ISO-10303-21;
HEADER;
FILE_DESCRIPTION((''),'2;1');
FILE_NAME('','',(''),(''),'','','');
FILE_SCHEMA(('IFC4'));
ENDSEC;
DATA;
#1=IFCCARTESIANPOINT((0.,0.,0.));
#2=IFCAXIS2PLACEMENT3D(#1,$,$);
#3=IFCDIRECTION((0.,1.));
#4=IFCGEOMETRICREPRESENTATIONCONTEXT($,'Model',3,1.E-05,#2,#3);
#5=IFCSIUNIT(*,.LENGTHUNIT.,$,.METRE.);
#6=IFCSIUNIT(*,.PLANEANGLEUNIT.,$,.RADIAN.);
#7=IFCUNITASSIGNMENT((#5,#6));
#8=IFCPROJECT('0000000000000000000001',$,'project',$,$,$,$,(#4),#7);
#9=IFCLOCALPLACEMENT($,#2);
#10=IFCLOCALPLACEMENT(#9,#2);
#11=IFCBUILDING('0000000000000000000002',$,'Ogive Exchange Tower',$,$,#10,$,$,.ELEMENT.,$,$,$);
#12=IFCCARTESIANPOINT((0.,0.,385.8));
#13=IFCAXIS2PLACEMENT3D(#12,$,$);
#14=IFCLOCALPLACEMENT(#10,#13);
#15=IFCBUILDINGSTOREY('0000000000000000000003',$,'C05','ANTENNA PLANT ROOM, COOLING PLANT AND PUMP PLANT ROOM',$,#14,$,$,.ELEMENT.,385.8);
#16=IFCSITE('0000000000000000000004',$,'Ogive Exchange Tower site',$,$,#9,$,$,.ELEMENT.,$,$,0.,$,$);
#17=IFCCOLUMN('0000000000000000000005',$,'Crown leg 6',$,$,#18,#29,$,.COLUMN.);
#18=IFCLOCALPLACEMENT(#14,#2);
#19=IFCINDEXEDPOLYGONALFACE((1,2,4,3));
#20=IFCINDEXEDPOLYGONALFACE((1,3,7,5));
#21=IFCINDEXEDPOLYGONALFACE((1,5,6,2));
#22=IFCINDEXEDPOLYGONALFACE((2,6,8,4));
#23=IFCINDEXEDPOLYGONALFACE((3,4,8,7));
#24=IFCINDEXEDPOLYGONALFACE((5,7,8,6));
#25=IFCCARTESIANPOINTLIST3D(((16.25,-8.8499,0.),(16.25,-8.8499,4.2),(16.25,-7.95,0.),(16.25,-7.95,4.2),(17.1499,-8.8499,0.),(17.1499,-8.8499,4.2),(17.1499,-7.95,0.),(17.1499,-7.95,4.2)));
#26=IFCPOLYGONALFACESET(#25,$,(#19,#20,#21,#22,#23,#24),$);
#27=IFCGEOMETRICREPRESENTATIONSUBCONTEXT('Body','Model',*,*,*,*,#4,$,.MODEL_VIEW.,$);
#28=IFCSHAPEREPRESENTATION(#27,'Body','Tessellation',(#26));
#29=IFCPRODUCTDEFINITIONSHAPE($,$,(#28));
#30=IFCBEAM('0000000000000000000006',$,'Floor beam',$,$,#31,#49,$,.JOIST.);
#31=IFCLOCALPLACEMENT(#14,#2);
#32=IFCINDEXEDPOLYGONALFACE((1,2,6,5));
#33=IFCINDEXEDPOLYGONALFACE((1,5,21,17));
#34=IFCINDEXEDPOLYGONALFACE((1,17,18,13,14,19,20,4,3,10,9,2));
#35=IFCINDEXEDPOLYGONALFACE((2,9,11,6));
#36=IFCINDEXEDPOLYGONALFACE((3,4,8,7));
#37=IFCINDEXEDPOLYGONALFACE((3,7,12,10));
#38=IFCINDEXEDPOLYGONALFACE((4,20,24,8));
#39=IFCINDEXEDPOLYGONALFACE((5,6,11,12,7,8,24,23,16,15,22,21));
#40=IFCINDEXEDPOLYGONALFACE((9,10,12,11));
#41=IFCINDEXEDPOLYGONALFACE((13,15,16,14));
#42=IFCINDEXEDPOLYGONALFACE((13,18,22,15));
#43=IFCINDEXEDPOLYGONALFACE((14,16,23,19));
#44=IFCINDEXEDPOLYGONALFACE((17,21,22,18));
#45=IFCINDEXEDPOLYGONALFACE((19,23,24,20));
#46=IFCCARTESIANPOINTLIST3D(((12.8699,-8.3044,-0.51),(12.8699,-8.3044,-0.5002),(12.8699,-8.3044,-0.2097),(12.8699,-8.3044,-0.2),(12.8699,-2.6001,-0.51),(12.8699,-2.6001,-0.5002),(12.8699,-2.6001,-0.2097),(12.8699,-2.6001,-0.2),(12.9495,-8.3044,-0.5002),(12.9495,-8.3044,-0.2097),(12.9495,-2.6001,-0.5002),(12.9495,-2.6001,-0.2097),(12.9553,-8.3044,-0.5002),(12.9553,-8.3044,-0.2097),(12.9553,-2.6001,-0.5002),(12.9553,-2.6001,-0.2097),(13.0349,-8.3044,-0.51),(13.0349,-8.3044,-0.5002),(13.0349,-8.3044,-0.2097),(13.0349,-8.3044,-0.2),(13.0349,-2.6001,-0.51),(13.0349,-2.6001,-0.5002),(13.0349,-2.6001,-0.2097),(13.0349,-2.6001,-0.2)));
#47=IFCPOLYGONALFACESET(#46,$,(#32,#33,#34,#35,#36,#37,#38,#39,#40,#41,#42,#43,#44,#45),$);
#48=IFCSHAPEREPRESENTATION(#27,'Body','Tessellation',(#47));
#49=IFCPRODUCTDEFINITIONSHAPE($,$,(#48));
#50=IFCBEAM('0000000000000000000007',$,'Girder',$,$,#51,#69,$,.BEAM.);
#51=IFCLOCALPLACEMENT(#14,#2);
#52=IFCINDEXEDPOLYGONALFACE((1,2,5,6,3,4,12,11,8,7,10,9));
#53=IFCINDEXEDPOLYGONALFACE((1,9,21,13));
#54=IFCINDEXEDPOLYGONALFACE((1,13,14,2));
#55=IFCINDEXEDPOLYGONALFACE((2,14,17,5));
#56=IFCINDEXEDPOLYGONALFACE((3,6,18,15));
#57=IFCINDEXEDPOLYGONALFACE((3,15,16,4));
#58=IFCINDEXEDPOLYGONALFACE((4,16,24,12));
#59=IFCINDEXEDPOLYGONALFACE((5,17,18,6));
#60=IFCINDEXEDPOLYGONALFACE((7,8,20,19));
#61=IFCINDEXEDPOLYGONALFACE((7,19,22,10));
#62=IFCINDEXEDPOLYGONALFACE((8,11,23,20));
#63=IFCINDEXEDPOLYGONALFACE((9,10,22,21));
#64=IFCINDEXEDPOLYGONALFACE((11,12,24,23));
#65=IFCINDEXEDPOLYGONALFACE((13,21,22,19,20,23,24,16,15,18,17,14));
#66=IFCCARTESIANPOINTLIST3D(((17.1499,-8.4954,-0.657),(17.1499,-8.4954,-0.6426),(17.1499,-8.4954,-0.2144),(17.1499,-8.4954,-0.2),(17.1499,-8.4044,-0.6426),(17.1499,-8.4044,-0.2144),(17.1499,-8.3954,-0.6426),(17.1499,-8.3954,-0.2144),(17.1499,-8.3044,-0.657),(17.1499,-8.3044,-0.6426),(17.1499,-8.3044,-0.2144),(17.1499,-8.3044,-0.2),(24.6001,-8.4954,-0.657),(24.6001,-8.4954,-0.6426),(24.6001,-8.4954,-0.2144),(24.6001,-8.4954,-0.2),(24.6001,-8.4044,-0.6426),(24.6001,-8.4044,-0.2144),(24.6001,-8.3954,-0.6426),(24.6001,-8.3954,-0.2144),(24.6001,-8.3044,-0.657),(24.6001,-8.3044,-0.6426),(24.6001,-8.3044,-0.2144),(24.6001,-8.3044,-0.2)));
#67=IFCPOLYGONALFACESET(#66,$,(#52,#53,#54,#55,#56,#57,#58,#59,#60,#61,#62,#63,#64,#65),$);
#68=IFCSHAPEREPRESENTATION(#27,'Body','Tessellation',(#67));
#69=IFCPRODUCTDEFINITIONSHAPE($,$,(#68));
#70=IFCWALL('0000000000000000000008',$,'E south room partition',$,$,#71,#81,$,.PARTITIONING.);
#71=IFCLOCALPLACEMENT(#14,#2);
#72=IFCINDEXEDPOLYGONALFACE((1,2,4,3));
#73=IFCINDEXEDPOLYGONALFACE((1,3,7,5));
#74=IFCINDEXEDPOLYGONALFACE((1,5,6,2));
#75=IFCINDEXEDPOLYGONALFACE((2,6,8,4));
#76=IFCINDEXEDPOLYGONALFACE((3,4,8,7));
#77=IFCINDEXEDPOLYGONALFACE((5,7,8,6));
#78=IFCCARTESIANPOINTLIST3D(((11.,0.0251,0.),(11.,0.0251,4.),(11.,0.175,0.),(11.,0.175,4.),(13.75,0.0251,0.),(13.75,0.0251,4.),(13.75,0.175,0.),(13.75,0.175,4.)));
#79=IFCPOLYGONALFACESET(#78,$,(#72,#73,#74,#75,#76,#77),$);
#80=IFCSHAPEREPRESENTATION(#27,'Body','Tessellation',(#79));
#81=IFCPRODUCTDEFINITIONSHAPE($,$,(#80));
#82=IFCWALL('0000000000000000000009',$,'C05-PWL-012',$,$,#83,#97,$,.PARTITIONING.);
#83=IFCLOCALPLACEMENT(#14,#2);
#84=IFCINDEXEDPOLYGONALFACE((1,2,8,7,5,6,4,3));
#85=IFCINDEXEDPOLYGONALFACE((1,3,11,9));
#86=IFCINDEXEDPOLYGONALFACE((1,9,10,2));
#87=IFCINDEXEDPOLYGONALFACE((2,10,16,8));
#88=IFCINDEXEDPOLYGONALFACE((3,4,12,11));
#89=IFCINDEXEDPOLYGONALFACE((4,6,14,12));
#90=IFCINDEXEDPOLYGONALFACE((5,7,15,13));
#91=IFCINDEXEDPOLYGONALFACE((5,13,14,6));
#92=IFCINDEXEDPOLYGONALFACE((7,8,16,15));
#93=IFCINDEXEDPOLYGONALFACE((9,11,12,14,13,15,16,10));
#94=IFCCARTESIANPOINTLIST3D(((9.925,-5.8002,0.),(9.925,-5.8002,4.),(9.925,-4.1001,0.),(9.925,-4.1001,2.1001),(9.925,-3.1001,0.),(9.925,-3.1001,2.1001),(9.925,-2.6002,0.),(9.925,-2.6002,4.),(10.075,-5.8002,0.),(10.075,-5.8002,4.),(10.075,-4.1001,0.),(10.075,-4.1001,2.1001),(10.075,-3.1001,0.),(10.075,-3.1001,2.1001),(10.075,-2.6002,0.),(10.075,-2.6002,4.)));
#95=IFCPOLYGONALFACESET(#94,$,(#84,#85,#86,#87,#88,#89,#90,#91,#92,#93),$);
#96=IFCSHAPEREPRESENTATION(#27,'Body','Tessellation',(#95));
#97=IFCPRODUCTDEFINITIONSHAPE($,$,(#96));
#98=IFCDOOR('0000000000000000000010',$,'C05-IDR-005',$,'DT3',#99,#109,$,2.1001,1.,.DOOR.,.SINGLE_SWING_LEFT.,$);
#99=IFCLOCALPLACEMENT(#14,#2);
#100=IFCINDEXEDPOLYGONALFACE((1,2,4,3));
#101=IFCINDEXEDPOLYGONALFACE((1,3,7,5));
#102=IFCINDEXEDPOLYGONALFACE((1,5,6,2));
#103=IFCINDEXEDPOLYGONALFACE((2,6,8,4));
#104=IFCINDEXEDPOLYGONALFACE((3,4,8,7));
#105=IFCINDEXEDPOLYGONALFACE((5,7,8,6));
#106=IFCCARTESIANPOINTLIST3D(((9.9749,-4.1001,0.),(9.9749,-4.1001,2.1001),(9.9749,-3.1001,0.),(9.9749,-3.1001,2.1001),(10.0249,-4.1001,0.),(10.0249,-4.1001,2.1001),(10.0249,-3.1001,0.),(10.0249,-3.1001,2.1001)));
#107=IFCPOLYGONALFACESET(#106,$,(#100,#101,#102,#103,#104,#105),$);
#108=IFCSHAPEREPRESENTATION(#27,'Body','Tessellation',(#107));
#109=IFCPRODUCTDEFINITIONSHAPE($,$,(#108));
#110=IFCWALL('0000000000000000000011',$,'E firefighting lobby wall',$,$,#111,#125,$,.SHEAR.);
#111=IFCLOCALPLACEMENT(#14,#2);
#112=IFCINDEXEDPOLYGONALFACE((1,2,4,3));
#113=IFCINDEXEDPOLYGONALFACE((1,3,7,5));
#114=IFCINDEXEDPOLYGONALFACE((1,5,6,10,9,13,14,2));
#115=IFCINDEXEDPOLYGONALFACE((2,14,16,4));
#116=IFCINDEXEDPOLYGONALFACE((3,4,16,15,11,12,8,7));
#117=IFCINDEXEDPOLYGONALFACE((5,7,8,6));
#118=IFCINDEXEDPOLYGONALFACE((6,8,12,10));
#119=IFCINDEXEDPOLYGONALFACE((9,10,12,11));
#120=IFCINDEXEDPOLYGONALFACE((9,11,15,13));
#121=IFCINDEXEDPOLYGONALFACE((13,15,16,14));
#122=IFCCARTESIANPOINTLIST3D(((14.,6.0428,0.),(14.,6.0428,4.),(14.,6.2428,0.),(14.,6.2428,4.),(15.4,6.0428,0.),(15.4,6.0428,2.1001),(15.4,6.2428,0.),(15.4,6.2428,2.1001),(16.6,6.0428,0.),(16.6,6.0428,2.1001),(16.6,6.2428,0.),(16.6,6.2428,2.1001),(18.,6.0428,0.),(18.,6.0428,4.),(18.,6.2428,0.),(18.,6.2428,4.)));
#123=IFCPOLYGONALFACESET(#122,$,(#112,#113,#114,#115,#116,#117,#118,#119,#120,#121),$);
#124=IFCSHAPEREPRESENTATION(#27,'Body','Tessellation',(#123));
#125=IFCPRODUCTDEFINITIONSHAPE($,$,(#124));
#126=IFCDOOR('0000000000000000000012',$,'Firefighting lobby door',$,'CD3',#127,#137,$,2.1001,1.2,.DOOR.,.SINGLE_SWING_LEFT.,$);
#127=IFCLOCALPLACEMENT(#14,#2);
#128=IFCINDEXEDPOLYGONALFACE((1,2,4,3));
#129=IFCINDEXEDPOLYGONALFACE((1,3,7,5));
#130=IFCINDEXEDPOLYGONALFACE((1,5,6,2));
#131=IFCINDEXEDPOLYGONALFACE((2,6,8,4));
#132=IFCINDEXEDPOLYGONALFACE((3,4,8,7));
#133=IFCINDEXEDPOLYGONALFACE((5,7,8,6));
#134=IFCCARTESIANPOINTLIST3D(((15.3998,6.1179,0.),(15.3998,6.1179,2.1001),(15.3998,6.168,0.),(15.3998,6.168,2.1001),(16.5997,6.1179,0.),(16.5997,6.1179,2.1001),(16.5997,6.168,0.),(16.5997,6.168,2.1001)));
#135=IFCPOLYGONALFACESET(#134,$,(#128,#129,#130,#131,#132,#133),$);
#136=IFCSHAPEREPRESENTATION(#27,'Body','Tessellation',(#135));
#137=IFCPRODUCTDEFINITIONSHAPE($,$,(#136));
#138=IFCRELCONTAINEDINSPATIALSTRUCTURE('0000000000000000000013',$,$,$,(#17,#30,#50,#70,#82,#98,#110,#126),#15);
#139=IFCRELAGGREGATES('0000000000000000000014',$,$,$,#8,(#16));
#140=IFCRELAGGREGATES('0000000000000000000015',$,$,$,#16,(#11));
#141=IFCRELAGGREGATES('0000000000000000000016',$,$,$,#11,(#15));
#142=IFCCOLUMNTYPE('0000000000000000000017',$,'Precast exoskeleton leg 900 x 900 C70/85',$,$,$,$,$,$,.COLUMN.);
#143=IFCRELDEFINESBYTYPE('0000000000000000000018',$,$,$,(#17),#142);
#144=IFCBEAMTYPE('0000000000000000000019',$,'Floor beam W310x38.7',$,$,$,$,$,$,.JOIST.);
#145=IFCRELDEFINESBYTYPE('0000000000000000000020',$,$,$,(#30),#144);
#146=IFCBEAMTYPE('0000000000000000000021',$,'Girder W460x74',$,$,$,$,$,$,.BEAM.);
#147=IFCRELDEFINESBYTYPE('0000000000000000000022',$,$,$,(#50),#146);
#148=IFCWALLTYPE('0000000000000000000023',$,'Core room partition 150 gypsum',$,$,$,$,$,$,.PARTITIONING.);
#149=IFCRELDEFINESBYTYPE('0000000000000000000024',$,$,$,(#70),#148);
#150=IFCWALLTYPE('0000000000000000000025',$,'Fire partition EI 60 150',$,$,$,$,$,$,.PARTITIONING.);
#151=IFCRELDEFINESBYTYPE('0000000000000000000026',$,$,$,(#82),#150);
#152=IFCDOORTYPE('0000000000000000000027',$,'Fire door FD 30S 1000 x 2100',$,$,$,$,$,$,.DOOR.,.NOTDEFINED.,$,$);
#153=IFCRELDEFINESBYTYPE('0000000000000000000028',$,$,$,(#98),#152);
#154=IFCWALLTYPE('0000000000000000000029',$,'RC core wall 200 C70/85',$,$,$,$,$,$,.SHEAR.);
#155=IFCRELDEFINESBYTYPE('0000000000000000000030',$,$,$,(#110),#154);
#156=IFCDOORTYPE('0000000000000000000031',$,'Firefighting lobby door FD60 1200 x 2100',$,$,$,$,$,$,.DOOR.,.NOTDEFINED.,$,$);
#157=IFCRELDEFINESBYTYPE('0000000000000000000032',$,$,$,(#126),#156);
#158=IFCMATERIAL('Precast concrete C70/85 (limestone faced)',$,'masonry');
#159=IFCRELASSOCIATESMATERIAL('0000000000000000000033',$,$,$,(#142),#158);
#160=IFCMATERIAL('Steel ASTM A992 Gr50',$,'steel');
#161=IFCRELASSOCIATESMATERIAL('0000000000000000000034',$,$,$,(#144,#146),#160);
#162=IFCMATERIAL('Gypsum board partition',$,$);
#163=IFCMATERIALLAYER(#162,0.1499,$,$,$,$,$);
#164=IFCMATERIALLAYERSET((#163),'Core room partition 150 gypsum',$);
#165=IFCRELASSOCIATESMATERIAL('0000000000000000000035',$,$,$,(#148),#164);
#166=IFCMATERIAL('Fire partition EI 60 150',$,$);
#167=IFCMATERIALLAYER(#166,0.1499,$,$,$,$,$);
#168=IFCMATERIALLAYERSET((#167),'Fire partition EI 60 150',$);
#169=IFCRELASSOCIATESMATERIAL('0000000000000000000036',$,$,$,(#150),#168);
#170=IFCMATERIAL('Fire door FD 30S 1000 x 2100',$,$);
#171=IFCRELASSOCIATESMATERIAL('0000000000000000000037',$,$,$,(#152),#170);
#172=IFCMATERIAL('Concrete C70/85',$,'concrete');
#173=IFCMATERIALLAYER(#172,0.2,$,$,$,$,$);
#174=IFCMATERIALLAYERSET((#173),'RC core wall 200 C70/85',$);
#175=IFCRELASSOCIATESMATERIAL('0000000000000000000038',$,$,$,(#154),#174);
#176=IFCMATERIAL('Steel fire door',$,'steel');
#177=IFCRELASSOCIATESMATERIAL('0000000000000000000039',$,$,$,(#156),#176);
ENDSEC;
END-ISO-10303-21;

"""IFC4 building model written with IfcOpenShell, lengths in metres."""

from ifc_helpers import new_model, si_unit, direction, frame, frame_2d, origin, origin_2d, place, context, subcontext, project, spatial, rectangle, i_section, extrude, material, layer, layer_set, material_profile, profile_set, type_object, element, fill, save


model = new_model("IFC4")

# Units and contexts
model_context = context("Model", 3, precision=1e-05, world=origin(), true_north=direction((0.0, 1.0)))
body_context = subcontext(model_context, "Body", "Model", "MODEL_VIEW")
ifc_project = project(units=[si_unit("LENGTHUNIT", "METRE"), si_unit("PLANEANGLEUNIT", "RADIAN")], contexts=[model_context])

# Site, building, storey
site_placement = place(None, origin())
site = spatial("IfcSite", under=ifc_project, at=site_placement, Name="Ogive Exchange Tower site", CompositionType="ELEMENT", RefElevation=0.0)
building_placement = place(site_placement, origin())
building = spatial("IfcBuilding", under=site, at=building_placement, Name="Ogive Exchange Tower", CompositionType="ELEMENT")
storey_placement = place(building_placement, frame((0.0, 0.0, 385.8)))
storey = spatial("IfcBuildingStorey", under=building, at=storey_placement, Name="C05", Description="ANTENNA PLANT ROOM, COOLING PLANT AND PUMP PLANT ROOM", CompositionType="ELEMENT", Elevation=385.8)

# Column
ifc_material_1 = material(Name="Precast concrete C70/85 (limestone faced)", Category="masonry")
ifc_material_profile_1 = material_profile(ifc_material_1, rectangle(XDim=0.8999, YDim=0.8999, at=origin_2d()), Name="900 x 900")
ifc_profile_set_1 = profile_set([ifc_material_profile_1], Name="Precast concrete C70/85 (limestone faced)")
column_type = type_object("IfcColumnType", Name="Precast exoskeleton leg 900 x 900 C70/85", PredefinedType="COLUMN", material=ifc_profile_set_1)
column_placement = place(storey_placement, frame((16.7, -8.3999, 0.0), z_axis=(0.0, 0.0, 1.0), x_axis=(1.0, 0.0, 0.0)))
element("IfcColumn", 1, at=column_placement, inside=storey, type_object=column_type, Name="Crown leg 6", PredefinedType="COLUMN", context=body_context, shape_type="SweptSolid", body=[
    extrude(rectangle(XDim=0.8999, YDim=0.8999, at=origin_2d()), origin(), (0.0, 0.0, 1.0), 4.2),
])

# Beams
ifc_material_2 = material(Name="Steel ASTM A992 Gr50", Category="steel")
ifc_material_profile_2 = material_profile(ifc_material_2, i_section(OverallWidth=0.165, OverallDepth=0.3101, WebThickness=0.0059, FlangeThickness=0.0098, at=origin_2d()), Name="W310x38.7")
ifc_profile_set_2 = profile_set([ifc_material_profile_2], Name="Steel ASTM A992 Gr50")
beam_type_1 = type_object("IfcBeamType", Name="Floor beam W310x38.7", PredefinedType="JOIST", material=ifc_profile_set_2)
beam_1_placement = place(storey_placement, frame((12.9524, -8.3044, -0.355), z_axis=(0.0, 1.0, 0.0), x_axis=(-1.0, 0.0, 0.0)))
element("IfcBeam", 2, at=beam_1_placement, inside=storey, type_object=beam_type_1, Name="Floor beam", PredefinedType="JOIST", context=body_context, shape_type="SweptSolid", body=[
    extrude(i_section(OverallWidth=0.165, OverallDepth=0.3101, WebThickness=0.0059, FlangeThickness=0.0098, at=origin_2d()), origin(), (0.0, 0.0, 1.0), 5.7043),
])
ifc_material_profile_3 = material_profile(ifc_material_2, i_section(OverallWidth=0.1909, OverallDepth=0.457, WebThickness=0.009, FlangeThickness=0.0144, at=origin_2d()), Name="W460x74")
ifc_profile_set_3 = profile_set([ifc_material_profile_3], Name="Steel ASTM A992 Gr50")
beam_type_2 = type_object("IfcBeamType", Name="Girder W460x74", PredefinedType="BEAM", material=ifc_profile_set_3)
beam_2_placement = place(storey_placement, frame((17.1499, -8.3999, -0.4285), z_axis=(1.0, 0.0, 0.0), x_axis=(0.0, 1.0, 0.0)))
element("IfcBeam", 3, at=beam_2_placement, inside=storey, type_object=beam_type_2, Name="Girder", PredefinedType="BEAM", context=body_context, shape_type="SweptSolid", body=[
    extrude(i_section(OverallWidth=0.1909, OverallDepth=0.457, WebThickness=0.009, FlangeThickness=0.0144, at=origin_2d()), origin(), (0.0, 0.0, 1.0), 7.4502),
])

# Wall
ifc_material_3 = material(Name="Gypsum board partition")
ifc_layer_1 = layer(ifc_material_3, 0.1499)
ifc_layer_set_1 = layer_set([ifc_layer_1], Name="Core room partition 150 gypsum")
wall_type_1 = type_object("IfcWallType", Name="Core room partition 150 gypsum", PredefinedType="PARTITIONING", material=ifc_layer_set_1)
wall_1_placement = place(storey_placement, frame((11.0, 0.1001, 0.0), z_axis=(0.0, 0.0, 1.0), x_axis=(1.0, 0.0, 0.0)))
element("IfcWall", 4, at=wall_1_placement, inside=storey, type_object=wall_type_1, Name="E south room partition", PredefinedType="PARTITIONING", context=body_context, shape_type="SweptSolid", body=[
    extrude(rectangle(XDim=2.75, YDim=0.1499, at=frame_2d((1.375, 0.0))), origin(), (0.0, 0.0, 1.0), 4.0),
])

# Walls, openings, doors
ifc_material_4 = material(Name="Fire partition EI 60 150")
ifc_layer_2 = layer(ifc_material_4, 0.1499)
ifc_layer_set_2 = layer_set([ifc_layer_2], Name="Fire partition EI 60 150")
wall_type_2 = type_object("IfcWallType", Name="Fire partition EI 60 150", PredefinedType="PARTITIONING", material=ifc_layer_set_2)
wall_2_placement = place(storey_placement, frame((10.0, -2.6001, 0.0), z_axis=(0.0, 0.0, 1.0), x_axis=(0.0, -1.0, 0.0)))
wall_2 = element("IfcWall", 5, at=wall_2_placement, inside=storey, type_object=wall_type_2, Name="C05-PWL-012", PredefinedType="PARTITIONING", context=body_context, shape_type="SweptSolid", body=[
    extrude(rectangle(XDim=3.2, YDim=0.1499, at=frame_2d((1.6001, 0.0))), origin(), (0.0, 0.0, 1.0), 4.0),
])
opening_1_placement = place(wall_2_placement, frame((0.5, 0.0, 0.0)))
opening_1 = element("IfcOpeningElement", 6, at=opening_1_placement, cuts=wall_2, PredefinedType="OPENING", context=body_context, shape_type="SweptSolid", body=[
    extrude(rectangle(XDim=1.0, YDim=2.1001, at=frame_2d((0.5, 1.05))), frame((0.0, 0.085, 0.0), z_axis=(0.0, -1.0, 0.0), x_axis=(1.0, 0.0, 0.0)), (0.0, 0.0, 1.0), 0.1699),
])
ifc_material_5 = material(Name="Fire door FD 30S 1000 x 2100")
door_type_1 = type_object("IfcDoorType", Name="Fire door FD 30S 1000 x 2100", OperationType="NOTDEFINED", PredefinedType="DOOR", material=ifc_material_5)
door_1_placement = place(opening_1_placement, origin())
door_1 = element("IfcDoor", 7, at=door_1_placement, inside=storey, type_object=door_type_1, Name="C05-IDR-005", ObjectType="DT3", OperationType="SINGLE_SWING_LEFT", OverallHeight=2.1001, OverallWidth=1.0, PredefinedType="DOOR", context=body_context, shape_type="SweptSolid", body=[
    extrude(rectangle(XDim=1.0, YDim=2.1001, at=frame_2d((0.5, 1.05))), frame((0.0, 0.0249, 0.0), z_axis=(0.0, -1.0, 0.0), x_axis=(1.0, 0.0, 0.0)), (0.0, 0.0, 1.0), 0.05),
])
fill(opening_1, door_1)
ifc_material_6 = material(Name="Concrete C70/85", Category="concrete")
ifc_layer_3 = layer(ifc_material_6, 0.2)
ifc_layer_set_3 = layer_set([ifc_layer_3], Name="RC core wall 200 C70/85")
wall_type_3 = type_object("IfcWallType", Name="RC core wall 200 C70/85", PredefinedType="SHEAR", material=ifc_layer_set_3)
wall_3_placement = place(storey_placement, frame((14.0, 6.1428, 0.0), z_axis=(0.0, 0.0, 1.0), x_axis=(1.0, 0.0, 0.0)))
wall_3 = element("IfcWall", 8, at=wall_3_placement, inside=storey, type_object=wall_type_3, Name="E firefighting lobby wall", PredefinedType="SHEAR", context=body_context, shape_type="SweptSolid", body=[
    extrude(rectangle(XDim=4.0, YDim=0.2, at=frame_2d((2.0, 0.0))), origin(), (0.0, 0.0, 1.0), 4.0),
])
opening_2_placement = place(wall_3_placement, frame((1.3999, 0.0, 0.0)))
opening_2 = element("IfcOpeningElement", 9, at=opening_2_placement, cuts=wall_3, PredefinedType="OPENING", context=body_context, shape_type="SweptSolid", body=[
    extrude(rectangle(XDim=1.2, YDim=2.1001, at=frame_2d((0.6001, 1.05))), frame((0.0, 0.1099, 0.0), z_axis=(0.0, -1.0, 0.0), x_axis=(1.0, 0.0, 0.0)), (0.0, 0.0, 1.0), 0.22),
])
ifc_material_7 = material(Name="Steel fire door", Category="steel")
door_type_2 = type_object("IfcDoorType", Name="Firefighting lobby door FD60 1200 x 2100", OperationType="NOTDEFINED", PredefinedType="DOOR", material=ifc_material_7)
door_2_placement = place(opening_2_placement, frame((1.2, 0.0, 0.0), z_axis=(0.0, 0.0, 1.0), x_axis=(-1.0, 0.0, 0.0)))
door_2 = element("IfcDoor", 10, at=door_2_placement, inside=storey, type_object=door_type_2, Name="Firefighting lobby door", ObjectType="CD3", OperationType="SINGLE_SWING_LEFT", OverallHeight=2.1001, OverallWidth=1.2, PredefinedType="DOOR", context=body_context, shape_type="SweptSolid", body=[
    extrude(rectangle(XDim=1.2, YDim=2.1001, at=frame_2d((0.6001, 1.05))), frame((0.0, 0.0249, 0.0), z_axis=(0.0, -1.0, 0.0), x_axis=(1.0, 0.0, 0.0)), (0.0, 0.0, 1.0), 0.05),
])
fill(opening_2, door_2)

save(model, "model.ifc")
